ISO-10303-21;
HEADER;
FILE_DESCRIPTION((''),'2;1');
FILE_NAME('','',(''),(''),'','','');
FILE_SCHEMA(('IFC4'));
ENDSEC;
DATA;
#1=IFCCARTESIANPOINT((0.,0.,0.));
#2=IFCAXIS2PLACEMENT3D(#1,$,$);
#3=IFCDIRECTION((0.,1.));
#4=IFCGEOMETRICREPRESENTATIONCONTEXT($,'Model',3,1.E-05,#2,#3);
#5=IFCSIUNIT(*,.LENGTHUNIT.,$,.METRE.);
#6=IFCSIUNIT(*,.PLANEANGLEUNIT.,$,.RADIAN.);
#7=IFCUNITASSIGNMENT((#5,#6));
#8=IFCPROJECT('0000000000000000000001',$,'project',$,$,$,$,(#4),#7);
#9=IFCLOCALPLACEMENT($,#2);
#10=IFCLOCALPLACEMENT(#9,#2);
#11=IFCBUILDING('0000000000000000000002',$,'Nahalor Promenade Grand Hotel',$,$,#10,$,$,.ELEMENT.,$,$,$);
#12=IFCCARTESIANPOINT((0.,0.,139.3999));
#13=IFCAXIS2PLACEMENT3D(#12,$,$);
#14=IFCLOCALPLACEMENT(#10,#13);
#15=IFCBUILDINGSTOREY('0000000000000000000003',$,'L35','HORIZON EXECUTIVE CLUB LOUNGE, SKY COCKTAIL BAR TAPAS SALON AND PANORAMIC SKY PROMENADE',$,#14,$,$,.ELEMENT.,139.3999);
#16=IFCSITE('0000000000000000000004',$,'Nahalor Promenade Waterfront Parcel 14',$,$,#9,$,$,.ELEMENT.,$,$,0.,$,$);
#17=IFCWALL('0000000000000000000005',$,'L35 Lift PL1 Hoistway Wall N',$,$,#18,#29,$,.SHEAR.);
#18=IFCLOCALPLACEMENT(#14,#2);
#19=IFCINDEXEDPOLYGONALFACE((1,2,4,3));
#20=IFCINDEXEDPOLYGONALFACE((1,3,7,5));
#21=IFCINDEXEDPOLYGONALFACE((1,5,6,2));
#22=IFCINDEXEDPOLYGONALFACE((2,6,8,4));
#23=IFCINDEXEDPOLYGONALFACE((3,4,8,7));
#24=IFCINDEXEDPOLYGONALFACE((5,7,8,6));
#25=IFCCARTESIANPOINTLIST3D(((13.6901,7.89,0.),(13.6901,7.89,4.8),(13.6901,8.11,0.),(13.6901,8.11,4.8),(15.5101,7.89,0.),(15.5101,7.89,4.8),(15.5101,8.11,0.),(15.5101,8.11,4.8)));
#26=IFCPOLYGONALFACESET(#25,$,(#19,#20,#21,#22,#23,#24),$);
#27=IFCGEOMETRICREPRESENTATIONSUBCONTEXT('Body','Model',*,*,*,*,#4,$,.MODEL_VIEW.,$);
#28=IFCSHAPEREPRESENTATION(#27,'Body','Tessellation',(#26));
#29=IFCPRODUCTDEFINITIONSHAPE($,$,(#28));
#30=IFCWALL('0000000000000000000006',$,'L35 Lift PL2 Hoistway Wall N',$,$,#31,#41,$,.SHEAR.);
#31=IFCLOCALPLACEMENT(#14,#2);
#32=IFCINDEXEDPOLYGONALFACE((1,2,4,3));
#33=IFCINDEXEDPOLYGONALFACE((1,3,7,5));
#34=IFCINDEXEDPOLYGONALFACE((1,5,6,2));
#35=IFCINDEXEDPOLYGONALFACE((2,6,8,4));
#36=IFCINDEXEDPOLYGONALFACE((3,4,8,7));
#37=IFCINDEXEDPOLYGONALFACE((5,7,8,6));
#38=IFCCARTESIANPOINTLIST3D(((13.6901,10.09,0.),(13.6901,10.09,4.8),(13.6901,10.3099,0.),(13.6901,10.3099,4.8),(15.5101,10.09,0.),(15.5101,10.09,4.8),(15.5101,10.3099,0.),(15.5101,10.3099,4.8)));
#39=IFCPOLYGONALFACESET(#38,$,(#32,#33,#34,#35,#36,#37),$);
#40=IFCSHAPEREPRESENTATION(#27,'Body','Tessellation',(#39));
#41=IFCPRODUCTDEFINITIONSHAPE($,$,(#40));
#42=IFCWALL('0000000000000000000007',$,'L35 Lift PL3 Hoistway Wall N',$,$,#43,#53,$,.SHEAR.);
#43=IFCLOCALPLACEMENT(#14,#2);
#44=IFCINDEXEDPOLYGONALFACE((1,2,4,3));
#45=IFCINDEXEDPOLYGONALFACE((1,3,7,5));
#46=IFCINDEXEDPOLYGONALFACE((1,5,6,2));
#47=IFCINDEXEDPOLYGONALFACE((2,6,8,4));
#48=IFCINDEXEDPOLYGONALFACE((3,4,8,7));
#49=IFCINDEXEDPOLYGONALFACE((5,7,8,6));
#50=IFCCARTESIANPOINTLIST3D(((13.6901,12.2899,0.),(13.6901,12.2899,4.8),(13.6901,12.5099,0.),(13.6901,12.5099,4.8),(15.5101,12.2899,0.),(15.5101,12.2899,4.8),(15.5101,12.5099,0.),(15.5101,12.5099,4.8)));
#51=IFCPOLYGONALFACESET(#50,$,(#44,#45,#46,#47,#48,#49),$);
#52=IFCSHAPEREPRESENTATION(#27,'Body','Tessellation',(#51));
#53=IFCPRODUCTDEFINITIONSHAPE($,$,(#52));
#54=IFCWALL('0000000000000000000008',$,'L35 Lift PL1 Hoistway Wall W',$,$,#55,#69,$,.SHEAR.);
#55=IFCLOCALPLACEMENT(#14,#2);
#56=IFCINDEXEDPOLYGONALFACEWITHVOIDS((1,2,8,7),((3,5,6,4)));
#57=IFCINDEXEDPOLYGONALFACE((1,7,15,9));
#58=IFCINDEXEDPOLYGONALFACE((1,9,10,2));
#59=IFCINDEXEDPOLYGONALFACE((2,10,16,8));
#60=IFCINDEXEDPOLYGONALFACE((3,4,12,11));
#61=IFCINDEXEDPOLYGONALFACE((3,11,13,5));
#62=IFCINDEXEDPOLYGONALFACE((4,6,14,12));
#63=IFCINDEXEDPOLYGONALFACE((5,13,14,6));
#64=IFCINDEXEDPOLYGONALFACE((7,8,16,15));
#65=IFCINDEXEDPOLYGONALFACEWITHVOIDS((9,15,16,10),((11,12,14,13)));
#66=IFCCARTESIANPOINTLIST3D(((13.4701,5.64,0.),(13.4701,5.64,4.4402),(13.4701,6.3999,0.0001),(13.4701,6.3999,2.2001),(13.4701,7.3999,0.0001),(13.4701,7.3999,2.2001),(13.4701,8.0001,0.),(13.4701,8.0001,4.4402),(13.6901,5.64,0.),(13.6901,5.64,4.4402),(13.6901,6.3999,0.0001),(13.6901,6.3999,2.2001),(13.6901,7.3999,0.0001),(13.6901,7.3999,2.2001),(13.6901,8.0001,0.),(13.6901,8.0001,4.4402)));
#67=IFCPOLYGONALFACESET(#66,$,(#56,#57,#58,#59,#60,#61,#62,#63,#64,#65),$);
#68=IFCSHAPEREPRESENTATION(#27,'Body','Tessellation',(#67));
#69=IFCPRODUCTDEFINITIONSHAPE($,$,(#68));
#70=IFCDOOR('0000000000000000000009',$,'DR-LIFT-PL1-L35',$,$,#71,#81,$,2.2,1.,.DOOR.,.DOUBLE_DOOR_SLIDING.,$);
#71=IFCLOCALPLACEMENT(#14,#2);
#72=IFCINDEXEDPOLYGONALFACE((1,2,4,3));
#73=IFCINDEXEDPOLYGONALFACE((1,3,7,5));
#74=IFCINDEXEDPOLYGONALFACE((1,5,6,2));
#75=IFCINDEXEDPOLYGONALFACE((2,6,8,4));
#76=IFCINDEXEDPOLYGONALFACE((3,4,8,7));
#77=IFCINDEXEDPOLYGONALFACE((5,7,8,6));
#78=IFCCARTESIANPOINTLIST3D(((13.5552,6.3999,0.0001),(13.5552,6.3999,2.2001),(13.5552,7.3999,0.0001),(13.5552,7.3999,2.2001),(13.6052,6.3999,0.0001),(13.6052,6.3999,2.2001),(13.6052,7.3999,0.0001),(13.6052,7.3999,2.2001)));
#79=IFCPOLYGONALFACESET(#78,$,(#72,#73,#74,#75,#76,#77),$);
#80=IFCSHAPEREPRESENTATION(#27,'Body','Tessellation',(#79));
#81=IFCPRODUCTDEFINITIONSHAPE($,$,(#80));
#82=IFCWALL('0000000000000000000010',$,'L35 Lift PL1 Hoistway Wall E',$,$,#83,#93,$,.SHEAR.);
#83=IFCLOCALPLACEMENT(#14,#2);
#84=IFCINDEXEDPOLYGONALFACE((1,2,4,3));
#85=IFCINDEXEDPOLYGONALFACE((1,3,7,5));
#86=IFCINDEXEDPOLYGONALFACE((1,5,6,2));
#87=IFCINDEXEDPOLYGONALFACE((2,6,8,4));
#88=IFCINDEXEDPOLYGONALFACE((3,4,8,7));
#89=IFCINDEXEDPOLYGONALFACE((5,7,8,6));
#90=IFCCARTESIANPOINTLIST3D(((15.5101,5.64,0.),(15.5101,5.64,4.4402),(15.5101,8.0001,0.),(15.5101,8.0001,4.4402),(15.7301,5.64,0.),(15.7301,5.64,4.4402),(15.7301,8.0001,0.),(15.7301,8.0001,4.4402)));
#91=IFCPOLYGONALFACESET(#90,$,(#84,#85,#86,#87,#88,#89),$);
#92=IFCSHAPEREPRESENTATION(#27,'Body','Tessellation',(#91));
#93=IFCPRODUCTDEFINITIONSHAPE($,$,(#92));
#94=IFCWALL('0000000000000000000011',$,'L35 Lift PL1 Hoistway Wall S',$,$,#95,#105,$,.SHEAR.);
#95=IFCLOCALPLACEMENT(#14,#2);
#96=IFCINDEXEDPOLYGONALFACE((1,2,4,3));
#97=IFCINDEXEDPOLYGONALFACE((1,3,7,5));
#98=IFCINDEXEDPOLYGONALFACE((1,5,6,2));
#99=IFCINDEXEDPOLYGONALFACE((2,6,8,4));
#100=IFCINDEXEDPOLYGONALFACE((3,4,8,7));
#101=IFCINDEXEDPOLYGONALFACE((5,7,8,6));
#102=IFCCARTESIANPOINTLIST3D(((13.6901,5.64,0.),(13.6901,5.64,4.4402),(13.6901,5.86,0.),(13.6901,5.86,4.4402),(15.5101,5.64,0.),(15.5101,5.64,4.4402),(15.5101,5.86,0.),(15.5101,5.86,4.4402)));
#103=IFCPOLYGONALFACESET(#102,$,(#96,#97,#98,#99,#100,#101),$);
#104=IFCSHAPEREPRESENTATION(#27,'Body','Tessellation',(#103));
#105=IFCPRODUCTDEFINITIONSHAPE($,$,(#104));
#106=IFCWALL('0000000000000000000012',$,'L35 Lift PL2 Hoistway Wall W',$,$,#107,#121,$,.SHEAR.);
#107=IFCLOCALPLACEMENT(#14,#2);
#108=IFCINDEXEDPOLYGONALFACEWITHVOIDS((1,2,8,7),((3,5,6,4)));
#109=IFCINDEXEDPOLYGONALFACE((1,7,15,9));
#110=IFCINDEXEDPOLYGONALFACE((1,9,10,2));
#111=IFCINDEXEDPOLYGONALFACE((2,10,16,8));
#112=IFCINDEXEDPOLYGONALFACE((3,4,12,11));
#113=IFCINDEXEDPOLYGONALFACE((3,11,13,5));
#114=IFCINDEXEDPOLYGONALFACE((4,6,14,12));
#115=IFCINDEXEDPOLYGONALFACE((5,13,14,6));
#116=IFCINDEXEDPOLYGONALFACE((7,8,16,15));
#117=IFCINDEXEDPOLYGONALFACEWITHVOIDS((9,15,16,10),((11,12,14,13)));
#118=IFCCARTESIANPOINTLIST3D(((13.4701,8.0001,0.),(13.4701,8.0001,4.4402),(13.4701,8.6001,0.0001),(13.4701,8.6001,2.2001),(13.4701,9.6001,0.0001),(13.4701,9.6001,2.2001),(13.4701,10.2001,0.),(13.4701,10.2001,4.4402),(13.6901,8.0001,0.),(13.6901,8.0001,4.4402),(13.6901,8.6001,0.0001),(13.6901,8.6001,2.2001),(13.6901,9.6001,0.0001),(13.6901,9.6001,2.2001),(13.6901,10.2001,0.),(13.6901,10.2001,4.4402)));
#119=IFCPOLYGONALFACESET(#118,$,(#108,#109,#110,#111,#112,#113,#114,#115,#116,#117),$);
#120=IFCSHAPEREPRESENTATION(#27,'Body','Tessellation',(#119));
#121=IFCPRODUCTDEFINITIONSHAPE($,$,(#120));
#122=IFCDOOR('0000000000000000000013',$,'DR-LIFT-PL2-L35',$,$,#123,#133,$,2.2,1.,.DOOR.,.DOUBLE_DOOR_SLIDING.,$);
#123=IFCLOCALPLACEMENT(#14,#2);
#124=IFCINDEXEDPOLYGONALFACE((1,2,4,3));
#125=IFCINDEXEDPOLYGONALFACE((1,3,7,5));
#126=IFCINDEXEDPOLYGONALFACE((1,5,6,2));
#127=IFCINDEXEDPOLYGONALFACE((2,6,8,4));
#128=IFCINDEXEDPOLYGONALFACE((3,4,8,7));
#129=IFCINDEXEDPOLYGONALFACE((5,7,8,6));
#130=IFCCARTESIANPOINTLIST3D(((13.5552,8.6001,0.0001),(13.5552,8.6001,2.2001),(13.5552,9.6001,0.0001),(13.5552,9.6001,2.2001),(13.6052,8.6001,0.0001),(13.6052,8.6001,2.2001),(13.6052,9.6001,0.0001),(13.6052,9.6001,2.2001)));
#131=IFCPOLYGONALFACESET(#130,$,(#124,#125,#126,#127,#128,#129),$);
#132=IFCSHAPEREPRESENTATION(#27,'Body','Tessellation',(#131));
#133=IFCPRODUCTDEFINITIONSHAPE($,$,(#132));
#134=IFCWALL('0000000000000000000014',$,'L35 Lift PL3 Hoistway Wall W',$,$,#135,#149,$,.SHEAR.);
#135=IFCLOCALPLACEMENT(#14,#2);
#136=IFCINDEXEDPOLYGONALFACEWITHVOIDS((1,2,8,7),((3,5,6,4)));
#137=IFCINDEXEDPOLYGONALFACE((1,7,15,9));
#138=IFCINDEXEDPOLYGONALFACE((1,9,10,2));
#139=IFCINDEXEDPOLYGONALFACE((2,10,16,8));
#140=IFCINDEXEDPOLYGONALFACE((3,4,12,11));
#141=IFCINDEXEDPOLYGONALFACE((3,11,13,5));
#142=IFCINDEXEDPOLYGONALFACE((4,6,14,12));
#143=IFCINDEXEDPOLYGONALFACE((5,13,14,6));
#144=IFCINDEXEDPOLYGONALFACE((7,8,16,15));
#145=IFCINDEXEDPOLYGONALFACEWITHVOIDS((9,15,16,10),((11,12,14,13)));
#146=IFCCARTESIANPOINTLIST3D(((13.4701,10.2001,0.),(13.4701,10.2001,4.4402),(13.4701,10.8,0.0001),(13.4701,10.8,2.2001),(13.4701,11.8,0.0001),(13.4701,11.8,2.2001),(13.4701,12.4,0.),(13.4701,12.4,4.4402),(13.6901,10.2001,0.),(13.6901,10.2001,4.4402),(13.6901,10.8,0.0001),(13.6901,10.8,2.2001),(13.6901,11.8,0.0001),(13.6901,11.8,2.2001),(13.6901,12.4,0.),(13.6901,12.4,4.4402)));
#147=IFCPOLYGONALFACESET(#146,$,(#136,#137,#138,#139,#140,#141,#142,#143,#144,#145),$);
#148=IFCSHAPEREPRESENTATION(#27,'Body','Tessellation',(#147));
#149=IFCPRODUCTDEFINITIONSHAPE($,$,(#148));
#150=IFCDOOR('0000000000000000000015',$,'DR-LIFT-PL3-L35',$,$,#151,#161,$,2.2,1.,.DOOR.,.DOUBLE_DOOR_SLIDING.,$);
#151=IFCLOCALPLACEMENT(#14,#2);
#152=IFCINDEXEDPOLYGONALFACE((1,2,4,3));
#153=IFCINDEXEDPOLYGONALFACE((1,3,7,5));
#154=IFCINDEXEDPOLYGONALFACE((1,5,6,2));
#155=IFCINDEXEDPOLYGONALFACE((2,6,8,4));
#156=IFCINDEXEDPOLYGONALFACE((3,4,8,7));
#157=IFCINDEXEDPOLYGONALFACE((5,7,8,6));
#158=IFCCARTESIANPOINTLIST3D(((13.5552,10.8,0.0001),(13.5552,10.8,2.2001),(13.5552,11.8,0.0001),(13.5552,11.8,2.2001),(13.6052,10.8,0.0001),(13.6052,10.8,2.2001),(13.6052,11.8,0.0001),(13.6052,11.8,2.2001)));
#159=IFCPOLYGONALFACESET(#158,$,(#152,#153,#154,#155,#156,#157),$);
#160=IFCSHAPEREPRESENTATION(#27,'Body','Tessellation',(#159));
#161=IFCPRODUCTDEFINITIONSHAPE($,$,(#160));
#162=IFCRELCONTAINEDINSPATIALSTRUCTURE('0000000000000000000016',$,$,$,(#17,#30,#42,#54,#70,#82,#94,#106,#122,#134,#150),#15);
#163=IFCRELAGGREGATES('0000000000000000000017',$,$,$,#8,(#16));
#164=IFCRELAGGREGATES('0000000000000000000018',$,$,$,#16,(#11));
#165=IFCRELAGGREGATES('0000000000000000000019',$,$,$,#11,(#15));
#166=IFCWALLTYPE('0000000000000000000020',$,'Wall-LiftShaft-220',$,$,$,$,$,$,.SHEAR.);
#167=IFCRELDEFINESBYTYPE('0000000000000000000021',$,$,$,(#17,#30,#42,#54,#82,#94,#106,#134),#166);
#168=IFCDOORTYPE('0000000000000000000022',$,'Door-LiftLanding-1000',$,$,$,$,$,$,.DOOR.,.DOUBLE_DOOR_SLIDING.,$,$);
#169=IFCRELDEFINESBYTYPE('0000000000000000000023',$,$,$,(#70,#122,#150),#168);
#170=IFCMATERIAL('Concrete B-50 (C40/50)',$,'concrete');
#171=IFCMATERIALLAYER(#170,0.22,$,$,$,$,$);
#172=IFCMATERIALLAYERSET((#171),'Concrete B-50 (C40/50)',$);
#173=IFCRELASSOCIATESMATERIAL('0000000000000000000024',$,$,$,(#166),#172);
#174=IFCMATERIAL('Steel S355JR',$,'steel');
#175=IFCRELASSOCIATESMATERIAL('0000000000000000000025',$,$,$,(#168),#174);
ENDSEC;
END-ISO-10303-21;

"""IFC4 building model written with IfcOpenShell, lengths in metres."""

from ifc_helpers import new_model, si_unit, direction, frame, frame_2d, origin, place, context, subcontext, project, spatial, rectangle, extrude, source, transform, mapped, material, layer, layer_set, type_object, element, fill, save


model = new_model("IFC4")

# Units and contexts
model_context = context("Model", 3, precision=1e-05, world=origin(), true_north=direction((0.0, 1.0)))
body_context = subcontext(model_context, "Body", "Model", "MODEL_VIEW")
ifc_project = project(units=[si_unit("LENGTHUNIT", "METRE"), si_unit("PLANEANGLEUNIT", "RADIAN")], contexts=[model_context])

# Site, building, storey
site_placement = place(None, origin())
site = spatial("IfcSite", under=ifc_project, at=site_placement, Name="Nahalor Promenade Waterfront Parcel 14", CompositionType="ELEMENT", RefElevation=0.0)
building_placement = place(site_placement, origin())
building = spatial("IfcBuilding", under=site, at=building_placement, Name="Nahalor Promenade Grand Hotel", CompositionType="ELEMENT")
storey_placement = place(building_placement, frame((0.0, 0.0, 139.3999)))
storey = spatial("IfcBuildingStorey", under=building, at=storey_placement, Name="L35", Description="HORIZON EXECUTIVE CLUB LOUNGE, SKY COCKTAIL BAR TAPAS SALON AND PANORAMIC SKY PROMENADE", CompositionType="ELEMENT", Elevation=139.3999)

# Walls
ifc_material_1 = material(Name="Concrete B-50 (C40/50)", Category="concrete")
ifc_layer_1 = layer(ifc_material_1, 0.22)
ifc_layer_set_1 = layer_set([ifc_layer_1], Name="Concrete B-50 (C40/50)")
wall_type_1 = type_object("IfcWallType", Name="Wall-LiftShaft-220", PredefinedType="SHEAR", material=ifc_layer_set_1)
shared_shape_1 = source(origin(), body_context, "Body", "SweptSolid", [
    extrude(rectangle(XDim=1.8201, YDim=0.22, at=frame_2d((0.9102, 0.0))), origin(), (0.0, 0.0, 1.0), 4.8),
])
for number, where, z_axis, x_axis, name in (
    (1, (13.6899, 8.0, 0.0), (0.0, 0.0, 1.0), (1.0, 0.0, 0.0), "L35 Lift PL1 Hoistway Wall N"),
    (2, (13.6899, 10.2, 0.0), (0.0, 0.0, 1.0), (1.0, 0.0, 0.0), "L35 Lift PL2 Hoistway Wall N"),
    (3, (13.6899, 12.3999, 0.0), (0.0, 0.0, 1.0), (1.0, 0.0, 0.0), "L35 Lift PL3 Hoistway Wall N"),
):
    element("IfcWall", number, at=place(storey_placement, frame(where, z_axis=z_axis, x_axis=x_axis)), inside=storey, type_object=wall_type_1, Name=name, PredefinedType="SHEAR", context=body_context, shape_type="MappedRepresentation", body=[
        mapped(shared_shape_1, transform((0.0, 0.0, 0.0), scale=1.0)),
    ])

# Wall, opening, door
shared_shape_2 = source(origin(), body_context, "Body", "SweptSolid", [
    extrude(rectangle(XDim=2.3601, YDim=0.22, at=frame_2d((1.1802, 0.0))), origin(), (0.0, 0.0, 1.0), 4.4402),
])
wall_1_placement = place(storey_placement, frame((13.5801, 5.6399, 0.0), z_axis=(0.0, 0.0, 1.0), x_axis=(0.0, 1.0, 0.0)))
wall_1 = element("IfcWall", 4, at=wall_1_placement, inside=storey, type_object=wall_type_1, Name="L35 Lift PL1 Hoistway Wall W", PredefinedType="SHEAR", context=body_context, shape_type="MappedRepresentation", body=[
    mapped(shared_shape_2, transform((0.0, 0.0, 0.0), scale=1.0)),
])
opening_1_placement = place(wall_1_placement, frame((0.76, 0.0, 0.0)))
opening_1 = element("IfcOpeningElement", 5, at=opening_1_placement, cuts=wall_1, PredefinedType="OPENING", context=body_context, shape_type="SweptSolid", body=[
    extrude(rectangle(XDim=1.0, YDim=2.2, at=frame_2d((0.5, 1.1001))), frame((0.0, 0.1199, 0.0), z_axis=(0.0, -1.0, 0.0), x_axis=(1.0, 0.0, 0.0)), (0.0, 0.0, 1.0), 0.24),
])
ifc_material_2 = material(Name="Steel S355JR", Category="steel")
door_type_1 = type_object("IfcDoorType", Name="Door-LiftLanding-1000", OperationType="DOUBLE_DOOR_SLIDING", PredefinedType="DOOR", material=ifc_material_2)
shared_shape_3 = source(origin(), body_context, "Body", "SweptSolid", [
    extrude(rectangle(XDim=1.0, YDim=2.2, at=frame_2d((0.5, 1.1001))), frame((0.0, 0.0249, 0.0), z_axis=(0.0, -1.0, 0.0), x_axis=(1.0, 0.0, 0.0)), (0.0, 0.0, 1.0), 0.05),
])
door_1_placement = place(opening_1_placement, origin())
door_1 = element("IfcDoor", 6, at=door_1_placement, inside=storey, type_object=door_type_1, Name="DR-LIFT-PL1-L35", OperationType="DOUBLE_DOOR_SLIDING", OverallHeight=2.2, OverallWidth=1.0, PredefinedType="DOOR", context=body_context, shape_type="MappedRepresentation", body=[
    mapped(shared_shape_3, transform((0.0, 0.0, 0.0), scale=1.0)),
])
fill(opening_1, door_1)

# Walls
wall_2_placement = place(storey_placement, frame((15.6201, 5.6399, 0.0), z_axis=(0.0, 0.0, 1.0), x_axis=(0.0, 1.0, 0.0)))
element("IfcWall", 7, at=wall_2_placement, inside=storey, type_object=wall_type_1, Name="L35 Lift PL1 Hoistway Wall E", PredefinedType="SHEAR", context=body_context, shape_type="MappedRepresentation", body=[
    mapped(shared_shape_2, transform((0.0, 0.0, 0.0), scale=1.0)),
])
shared_shape_4 = source(origin(), body_context, "Body", "SweptSolid", [
    extrude(rectangle(XDim=1.8201, YDim=0.22, at=frame_2d((0.9102, 0.0))), origin(), (0.0, 0.0, 1.0), 4.4402),
])
wall_3_placement = place(storey_placement, frame((13.6899, 5.75, 0.0), z_axis=(0.0, 0.0, 1.0), x_axis=(1.0, 0.0, 0.0)))
element("IfcWall", 8, at=wall_3_placement, inside=storey, type_object=wall_type_1, Name="L35 Lift PL1 Hoistway Wall S", PredefinedType="SHEAR", context=body_context, shape_type="MappedRepresentation", body=[
    mapped(shared_shape_4, transform((0.0, 0.0, 0.0), scale=1.0)),
])

# Walls, openings, doors
shared_shape_5 = source(origin(), body_context, "Body", "SweptSolid", [
    extrude(rectangle(XDim=2.2, YDim=0.22, at=frame_2d((1.1001, 0.0))), origin(), (0.0, 0.0, 1.0), 4.4402),
])
wall_4_placement = place(storey_placement, frame((13.5801, 8.0, 0.0), z_axis=(0.0, 0.0, 1.0), x_axis=(0.0, 1.0, 0.0)))
wall_4 = element("IfcWall", 9, at=wall_4_placement, inside=storey, type_object=wall_type_1, Name="L35 Lift PL2 Hoistway Wall W", PredefinedType="SHEAR", context=body_context, shape_type="MappedRepresentation", body=[
    mapped(shared_shape_5, transform((0.0, 0.0, 0.0), scale=1.0)),
])
opening_2_placement = place(wall_4_placement, frame((0.6001, 0.0, 0.0)))
opening_2 = element("IfcOpeningElement", 10, at=opening_2_placement, cuts=wall_4, PredefinedType="OPENING", context=body_context, shape_type="SweptSolid", body=[
    extrude(rectangle(XDim=1.0, YDim=2.2, at=frame_2d((0.5, 1.1001))), frame((0.0, 0.1199, 0.0), z_axis=(0.0, -1.0, 0.0), x_axis=(1.0, 0.0, 0.0)), (0.0, 0.0, 1.0), 0.24),
])
door_2_placement = place(opening_2_placement, origin())
door_2 = element("IfcDoor", 11, at=door_2_placement, inside=storey, type_object=door_type_1, Name="DR-LIFT-PL2-L35", OperationType="DOUBLE_DOOR_SLIDING", OverallHeight=2.2, OverallWidth=1.0, PredefinedType="DOOR", context=body_context, shape_type="MappedRepresentation", body=[
    mapped(shared_shape_3, transform((0.0, 0.0, 0.0), scale=1.0)),
])
fill(opening_2, door_2)
wall_5_placement = place(storey_placement, frame((13.5801, 10.2, 0.0), z_axis=(0.0, 0.0, 1.0), x_axis=(0.0, 1.0, 0.0)))
wall_5 = element("IfcWall", 12, at=wall_5_placement, inside=storey, type_object=wall_type_1, Name="L35 Lift PL3 Hoistway Wall W", PredefinedType="SHEAR", context=body_context, shape_type="MappedRepresentation", body=[
    mapped(shared_shape_5, transform((0.0, 0.0, 0.0), scale=1.0)),
])
opening_3_placement = place(wall_5_placement, frame((0.6001, 0.0, 0.0)))
opening_3 = element("IfcOpeningElement", 13, at=opening_3_placement, cuts=wall_5, PredefinedType="OPENING", context=body_context, shape_type="SweptSolid", body=[
    extrude(rectangle(XDim=1.0, YDim=2.2, at=frame_2d((0.5, 1.1001))), frame((0.0, 0.1199, 0.0), z_axis=(0.0, -1.0, 0.0), x_axis=(1.0, 0.0, 0.0)), (0.0, 0.0, 1.0), 0.24),
])
door_3_placement = place(opening_3_placement, origin())
door_3 = element("IfcDoor", 14, at=door_3_placement, inside=storey, type_object=door_type_1, Name="DR-LIFT-PL3-L35", OperationType="DOUBLE_DOOR_SLIDING", OverallHeight=2.2, OverallWidth=1.0, PredefinedType="DOOR", context=body_context, shape_type="MappedRepresentation", body=[
    mapped(shared_shape_3, transform((0.0, 0.0, 0.0), scale=1.0)),
])
fill(opening_3, door_3)

save(model, "model.ifc")
